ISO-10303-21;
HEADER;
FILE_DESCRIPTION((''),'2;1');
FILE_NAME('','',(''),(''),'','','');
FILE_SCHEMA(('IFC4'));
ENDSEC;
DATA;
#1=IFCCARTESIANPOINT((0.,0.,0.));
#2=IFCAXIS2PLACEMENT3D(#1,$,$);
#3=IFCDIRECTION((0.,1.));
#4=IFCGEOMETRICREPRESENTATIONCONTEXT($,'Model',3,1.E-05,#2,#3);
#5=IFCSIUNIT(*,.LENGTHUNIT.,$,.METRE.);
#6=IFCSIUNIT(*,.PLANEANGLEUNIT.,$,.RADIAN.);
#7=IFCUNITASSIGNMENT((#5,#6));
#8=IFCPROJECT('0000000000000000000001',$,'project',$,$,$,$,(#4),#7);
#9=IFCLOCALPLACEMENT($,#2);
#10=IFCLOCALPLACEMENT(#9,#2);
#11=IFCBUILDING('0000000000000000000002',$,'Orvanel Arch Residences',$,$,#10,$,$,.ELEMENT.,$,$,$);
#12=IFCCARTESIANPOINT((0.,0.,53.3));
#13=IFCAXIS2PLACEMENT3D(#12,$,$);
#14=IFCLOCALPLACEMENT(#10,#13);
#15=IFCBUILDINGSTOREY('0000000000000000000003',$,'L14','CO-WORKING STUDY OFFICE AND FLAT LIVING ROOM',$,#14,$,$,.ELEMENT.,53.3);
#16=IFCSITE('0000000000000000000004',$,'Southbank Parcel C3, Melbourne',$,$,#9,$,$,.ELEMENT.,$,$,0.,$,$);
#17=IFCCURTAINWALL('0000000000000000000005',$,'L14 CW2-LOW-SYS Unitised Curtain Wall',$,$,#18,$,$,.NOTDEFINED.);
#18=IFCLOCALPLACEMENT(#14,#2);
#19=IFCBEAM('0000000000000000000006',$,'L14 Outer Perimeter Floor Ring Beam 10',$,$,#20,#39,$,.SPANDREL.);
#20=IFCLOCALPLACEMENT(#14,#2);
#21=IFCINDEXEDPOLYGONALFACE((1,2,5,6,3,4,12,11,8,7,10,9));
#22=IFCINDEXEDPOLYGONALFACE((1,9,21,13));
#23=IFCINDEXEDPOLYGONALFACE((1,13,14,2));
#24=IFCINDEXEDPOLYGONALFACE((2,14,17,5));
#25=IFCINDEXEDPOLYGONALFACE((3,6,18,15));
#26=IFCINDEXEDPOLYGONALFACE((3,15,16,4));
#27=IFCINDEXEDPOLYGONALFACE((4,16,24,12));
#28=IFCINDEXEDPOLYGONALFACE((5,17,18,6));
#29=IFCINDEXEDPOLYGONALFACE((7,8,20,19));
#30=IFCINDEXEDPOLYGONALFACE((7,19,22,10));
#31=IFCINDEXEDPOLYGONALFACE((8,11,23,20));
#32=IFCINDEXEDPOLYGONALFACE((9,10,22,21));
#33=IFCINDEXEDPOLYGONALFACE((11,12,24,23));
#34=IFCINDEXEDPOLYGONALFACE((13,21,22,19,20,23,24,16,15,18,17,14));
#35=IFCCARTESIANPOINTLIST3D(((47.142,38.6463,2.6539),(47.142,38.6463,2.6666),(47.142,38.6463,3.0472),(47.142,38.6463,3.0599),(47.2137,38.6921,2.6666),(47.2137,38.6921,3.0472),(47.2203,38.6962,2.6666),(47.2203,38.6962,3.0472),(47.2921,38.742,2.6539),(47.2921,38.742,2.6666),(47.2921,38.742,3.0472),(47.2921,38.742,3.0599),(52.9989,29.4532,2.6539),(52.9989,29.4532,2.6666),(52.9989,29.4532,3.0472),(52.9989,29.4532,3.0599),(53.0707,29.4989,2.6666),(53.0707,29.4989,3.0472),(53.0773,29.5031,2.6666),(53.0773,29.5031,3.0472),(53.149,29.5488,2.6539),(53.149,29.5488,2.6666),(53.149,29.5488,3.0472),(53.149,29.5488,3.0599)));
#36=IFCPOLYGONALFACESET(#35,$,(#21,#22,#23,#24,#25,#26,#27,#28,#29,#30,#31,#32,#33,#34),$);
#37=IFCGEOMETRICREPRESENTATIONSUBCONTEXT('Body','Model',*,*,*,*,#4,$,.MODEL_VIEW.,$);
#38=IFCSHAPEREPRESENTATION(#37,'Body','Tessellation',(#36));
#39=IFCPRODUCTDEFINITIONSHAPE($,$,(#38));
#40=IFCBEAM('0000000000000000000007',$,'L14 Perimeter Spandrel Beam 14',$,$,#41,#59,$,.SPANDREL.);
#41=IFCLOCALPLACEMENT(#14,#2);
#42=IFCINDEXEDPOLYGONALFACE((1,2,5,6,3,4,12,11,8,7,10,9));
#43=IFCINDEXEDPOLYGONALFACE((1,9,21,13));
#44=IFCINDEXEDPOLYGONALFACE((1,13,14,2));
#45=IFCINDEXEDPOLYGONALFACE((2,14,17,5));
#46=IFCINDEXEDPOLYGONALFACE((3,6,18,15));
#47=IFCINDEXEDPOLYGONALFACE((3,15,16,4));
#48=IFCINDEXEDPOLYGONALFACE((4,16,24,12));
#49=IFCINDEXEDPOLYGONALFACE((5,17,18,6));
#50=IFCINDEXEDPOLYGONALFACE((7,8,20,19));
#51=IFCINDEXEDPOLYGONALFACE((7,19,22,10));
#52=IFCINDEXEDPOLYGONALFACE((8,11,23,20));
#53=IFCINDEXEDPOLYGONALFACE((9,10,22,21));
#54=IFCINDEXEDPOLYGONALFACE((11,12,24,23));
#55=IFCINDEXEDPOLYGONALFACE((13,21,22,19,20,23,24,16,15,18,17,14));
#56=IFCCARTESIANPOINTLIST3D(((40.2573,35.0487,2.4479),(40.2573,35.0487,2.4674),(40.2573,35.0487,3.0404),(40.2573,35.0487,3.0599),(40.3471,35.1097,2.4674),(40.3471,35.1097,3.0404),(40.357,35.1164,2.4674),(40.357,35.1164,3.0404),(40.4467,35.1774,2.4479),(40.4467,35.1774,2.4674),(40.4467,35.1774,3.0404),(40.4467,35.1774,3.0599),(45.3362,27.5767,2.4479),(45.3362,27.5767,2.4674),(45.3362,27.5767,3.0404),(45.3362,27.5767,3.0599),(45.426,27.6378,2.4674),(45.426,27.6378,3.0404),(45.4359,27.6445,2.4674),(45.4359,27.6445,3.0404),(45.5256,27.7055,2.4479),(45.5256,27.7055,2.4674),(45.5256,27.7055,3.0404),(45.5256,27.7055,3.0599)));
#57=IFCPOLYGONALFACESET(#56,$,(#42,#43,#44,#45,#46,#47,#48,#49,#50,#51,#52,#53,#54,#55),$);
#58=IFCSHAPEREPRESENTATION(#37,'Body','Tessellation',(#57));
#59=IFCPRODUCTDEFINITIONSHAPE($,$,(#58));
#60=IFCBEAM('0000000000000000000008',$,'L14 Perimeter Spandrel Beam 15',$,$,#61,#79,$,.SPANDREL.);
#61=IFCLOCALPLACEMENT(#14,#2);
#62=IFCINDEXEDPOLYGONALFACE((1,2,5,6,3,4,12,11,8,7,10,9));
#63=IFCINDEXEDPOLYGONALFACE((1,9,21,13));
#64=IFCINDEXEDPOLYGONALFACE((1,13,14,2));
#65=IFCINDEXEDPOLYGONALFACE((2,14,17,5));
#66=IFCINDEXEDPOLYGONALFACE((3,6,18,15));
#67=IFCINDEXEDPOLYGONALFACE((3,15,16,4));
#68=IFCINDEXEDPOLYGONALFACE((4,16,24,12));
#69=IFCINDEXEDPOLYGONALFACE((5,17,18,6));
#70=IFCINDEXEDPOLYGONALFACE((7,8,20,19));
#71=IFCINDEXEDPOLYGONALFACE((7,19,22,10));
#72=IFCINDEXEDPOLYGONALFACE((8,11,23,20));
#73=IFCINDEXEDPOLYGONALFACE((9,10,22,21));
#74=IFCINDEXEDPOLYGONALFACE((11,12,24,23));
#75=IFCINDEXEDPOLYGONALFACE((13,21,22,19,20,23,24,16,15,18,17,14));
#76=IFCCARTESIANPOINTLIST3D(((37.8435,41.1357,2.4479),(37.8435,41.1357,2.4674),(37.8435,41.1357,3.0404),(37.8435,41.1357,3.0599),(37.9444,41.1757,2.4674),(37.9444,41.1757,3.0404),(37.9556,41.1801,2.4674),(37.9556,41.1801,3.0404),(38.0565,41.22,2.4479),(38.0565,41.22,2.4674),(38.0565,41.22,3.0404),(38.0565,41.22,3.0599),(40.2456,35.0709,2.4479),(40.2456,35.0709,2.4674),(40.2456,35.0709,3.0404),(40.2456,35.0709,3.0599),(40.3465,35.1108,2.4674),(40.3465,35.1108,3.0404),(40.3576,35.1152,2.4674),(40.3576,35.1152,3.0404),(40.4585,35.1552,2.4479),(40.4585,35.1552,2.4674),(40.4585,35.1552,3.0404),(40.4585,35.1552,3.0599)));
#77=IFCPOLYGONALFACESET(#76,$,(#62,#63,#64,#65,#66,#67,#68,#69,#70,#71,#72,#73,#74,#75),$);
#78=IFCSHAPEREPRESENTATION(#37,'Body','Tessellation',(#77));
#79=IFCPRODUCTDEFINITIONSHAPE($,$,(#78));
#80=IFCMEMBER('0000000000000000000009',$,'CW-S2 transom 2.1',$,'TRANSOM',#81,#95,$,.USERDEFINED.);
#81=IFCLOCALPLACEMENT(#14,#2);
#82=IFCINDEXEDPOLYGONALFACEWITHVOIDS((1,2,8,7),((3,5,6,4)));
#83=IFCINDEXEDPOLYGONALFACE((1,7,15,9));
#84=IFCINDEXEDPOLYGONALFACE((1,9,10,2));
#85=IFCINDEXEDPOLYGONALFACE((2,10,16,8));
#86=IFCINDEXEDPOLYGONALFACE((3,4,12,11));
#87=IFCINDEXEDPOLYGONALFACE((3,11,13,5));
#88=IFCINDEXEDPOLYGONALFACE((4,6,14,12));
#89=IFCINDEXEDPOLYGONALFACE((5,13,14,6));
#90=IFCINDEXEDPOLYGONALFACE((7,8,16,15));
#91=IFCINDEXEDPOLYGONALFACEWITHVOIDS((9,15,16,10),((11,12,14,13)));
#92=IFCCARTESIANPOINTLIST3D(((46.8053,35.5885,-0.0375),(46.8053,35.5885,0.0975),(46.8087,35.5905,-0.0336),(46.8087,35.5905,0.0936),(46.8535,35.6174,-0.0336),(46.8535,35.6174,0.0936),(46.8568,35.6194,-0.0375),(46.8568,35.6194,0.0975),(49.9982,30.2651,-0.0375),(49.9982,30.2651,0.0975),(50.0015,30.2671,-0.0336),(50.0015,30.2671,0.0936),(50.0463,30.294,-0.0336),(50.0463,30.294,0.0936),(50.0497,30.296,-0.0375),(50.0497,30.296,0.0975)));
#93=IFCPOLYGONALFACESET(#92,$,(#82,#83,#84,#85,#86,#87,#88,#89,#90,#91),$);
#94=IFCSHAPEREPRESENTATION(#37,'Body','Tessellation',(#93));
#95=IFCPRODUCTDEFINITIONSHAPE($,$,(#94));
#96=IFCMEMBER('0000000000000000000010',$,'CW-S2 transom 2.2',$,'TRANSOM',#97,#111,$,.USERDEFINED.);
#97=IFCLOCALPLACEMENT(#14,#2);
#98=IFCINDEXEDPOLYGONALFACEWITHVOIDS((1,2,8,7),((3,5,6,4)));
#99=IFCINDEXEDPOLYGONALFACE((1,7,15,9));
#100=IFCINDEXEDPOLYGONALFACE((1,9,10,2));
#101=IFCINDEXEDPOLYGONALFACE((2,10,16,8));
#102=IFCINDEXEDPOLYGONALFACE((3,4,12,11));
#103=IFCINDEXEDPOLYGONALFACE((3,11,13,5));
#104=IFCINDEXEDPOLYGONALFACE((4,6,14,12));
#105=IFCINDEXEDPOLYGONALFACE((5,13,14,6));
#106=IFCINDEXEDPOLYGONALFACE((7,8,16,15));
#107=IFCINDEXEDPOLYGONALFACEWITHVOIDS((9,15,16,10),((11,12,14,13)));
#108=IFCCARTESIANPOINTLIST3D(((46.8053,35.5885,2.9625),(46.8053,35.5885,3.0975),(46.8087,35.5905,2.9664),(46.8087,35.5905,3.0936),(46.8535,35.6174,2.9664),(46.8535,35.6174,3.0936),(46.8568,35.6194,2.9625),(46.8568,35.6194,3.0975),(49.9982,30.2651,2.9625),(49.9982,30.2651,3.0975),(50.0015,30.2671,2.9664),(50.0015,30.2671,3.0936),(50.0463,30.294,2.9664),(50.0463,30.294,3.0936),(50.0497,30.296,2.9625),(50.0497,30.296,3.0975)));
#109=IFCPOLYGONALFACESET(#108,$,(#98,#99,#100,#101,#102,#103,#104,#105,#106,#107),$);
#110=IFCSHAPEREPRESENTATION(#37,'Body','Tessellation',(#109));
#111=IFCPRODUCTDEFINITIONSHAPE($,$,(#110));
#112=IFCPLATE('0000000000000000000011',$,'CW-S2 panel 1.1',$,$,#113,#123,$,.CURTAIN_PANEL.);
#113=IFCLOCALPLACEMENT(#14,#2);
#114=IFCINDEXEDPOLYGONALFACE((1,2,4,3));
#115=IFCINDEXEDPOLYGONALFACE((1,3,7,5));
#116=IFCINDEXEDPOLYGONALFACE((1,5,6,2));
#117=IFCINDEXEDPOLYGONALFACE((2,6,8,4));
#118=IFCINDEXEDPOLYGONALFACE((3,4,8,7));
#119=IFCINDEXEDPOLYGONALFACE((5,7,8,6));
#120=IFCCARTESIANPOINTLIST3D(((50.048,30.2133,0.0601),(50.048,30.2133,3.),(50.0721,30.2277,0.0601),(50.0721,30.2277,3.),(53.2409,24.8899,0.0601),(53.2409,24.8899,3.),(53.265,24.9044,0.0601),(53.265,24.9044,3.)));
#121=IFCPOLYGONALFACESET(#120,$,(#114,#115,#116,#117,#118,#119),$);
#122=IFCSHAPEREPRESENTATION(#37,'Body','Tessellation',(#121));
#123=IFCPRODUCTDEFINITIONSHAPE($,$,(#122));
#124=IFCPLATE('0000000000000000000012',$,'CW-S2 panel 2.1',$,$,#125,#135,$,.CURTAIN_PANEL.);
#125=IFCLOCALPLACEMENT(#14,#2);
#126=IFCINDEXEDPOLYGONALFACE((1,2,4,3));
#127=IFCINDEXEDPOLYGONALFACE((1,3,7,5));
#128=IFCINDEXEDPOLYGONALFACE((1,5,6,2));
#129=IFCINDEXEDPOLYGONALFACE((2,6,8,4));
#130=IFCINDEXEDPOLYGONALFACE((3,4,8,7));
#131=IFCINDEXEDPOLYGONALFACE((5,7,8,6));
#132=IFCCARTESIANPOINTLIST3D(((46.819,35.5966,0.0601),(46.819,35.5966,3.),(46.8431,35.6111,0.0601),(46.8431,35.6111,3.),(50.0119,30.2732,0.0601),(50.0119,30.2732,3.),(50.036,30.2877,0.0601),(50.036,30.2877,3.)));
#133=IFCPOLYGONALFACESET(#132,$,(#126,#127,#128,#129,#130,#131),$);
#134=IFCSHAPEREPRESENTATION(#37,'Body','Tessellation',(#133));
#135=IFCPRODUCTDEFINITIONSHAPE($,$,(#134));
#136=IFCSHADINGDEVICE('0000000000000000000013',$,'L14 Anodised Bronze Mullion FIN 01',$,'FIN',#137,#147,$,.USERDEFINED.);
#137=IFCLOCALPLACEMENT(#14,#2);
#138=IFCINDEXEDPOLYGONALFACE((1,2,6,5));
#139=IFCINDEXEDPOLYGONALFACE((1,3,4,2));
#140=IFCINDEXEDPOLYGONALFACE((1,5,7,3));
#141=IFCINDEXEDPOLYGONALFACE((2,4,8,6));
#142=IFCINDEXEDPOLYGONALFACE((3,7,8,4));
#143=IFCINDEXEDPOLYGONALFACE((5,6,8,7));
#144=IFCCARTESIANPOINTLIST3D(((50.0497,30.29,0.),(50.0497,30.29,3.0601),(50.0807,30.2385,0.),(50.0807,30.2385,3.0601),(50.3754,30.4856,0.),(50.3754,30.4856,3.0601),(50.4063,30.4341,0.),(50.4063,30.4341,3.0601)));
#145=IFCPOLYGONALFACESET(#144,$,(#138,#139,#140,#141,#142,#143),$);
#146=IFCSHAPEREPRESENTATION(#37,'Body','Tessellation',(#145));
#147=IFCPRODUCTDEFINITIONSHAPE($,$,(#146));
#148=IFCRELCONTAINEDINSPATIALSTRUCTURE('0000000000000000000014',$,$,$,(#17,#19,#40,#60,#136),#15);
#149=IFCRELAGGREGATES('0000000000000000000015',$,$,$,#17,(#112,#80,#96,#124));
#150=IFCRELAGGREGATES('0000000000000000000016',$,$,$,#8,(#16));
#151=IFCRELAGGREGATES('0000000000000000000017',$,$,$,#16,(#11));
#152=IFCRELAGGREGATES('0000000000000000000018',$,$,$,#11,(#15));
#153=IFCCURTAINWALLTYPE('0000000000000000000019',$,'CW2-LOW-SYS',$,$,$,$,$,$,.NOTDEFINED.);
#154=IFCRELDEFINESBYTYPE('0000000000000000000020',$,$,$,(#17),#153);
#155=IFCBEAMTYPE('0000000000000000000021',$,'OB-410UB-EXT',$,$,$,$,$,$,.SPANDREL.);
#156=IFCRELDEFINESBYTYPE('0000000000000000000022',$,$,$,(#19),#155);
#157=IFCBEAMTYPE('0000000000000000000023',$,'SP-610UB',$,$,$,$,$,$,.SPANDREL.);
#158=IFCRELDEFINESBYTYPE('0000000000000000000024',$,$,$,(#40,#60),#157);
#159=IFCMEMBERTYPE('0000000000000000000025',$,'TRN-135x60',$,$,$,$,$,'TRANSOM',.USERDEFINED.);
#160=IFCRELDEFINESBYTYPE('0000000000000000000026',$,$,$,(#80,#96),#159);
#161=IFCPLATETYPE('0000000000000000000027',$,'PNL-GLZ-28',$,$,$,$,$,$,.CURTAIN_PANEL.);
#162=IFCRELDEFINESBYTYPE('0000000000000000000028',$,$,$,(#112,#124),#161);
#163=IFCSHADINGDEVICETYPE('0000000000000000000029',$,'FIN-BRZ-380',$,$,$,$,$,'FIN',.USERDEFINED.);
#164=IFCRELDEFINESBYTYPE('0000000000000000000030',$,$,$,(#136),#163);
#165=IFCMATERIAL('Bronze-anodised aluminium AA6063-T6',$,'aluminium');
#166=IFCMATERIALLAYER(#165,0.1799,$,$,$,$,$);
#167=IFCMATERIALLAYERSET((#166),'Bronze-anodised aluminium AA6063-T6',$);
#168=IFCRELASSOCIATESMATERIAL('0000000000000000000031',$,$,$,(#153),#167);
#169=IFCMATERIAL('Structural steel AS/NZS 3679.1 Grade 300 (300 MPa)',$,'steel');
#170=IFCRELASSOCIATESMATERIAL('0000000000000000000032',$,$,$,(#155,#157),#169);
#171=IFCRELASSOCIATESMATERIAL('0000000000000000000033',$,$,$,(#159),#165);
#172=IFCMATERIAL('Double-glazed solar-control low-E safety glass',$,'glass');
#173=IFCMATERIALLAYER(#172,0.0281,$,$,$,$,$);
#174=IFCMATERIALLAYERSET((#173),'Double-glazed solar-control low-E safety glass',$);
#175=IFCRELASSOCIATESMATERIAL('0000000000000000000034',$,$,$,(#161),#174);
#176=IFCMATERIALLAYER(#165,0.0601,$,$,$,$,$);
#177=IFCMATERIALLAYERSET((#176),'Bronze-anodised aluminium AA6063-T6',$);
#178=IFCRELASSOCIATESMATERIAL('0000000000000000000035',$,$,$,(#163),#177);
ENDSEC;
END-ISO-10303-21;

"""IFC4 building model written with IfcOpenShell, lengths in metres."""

from ifc_helpers import new_model, si_unit, direction, frame, origin, origin_2d, place, context, subcontext, project, spatial, rectangle, hollow_rectangle, i_section, extrude, material, layer, layer_set, material_profile, profile_set, type_object, element, aggregate, save


model = new_model("IFC4")

# Units and contexts
model_context = context("Model", 3, precision=1e-05, world=origin(), true_north=direction((0.0, 1.0)))
body_context = subcontext(model_context, "Body", "Model", "MODEL_VIEW")
ifc_project = project(units=[si_unit("LENGTHUNIT", "METRE"), si_unit("PLANEANGLEUNIT", "RADIAN")], contexts=[model_context])

# Site, building, storey
site_placement = place(None, origin())
site = spatial("IfcSite", under=ifc_project, at=site_placement, Name="Southbank Parcel C3, Melbourne", CompositionType="ELEMENT", RefElevation=0.0)
building_placement = place(site_placement, origin())
building = spatial("IfcBuilding", under=site, at=building_placement, Name="Orvanel Arch Residences", CompositionType="ELEMENT")
storey_placement = place(building_placement, frame((0.0, 0.0, 53.3)))
storey = spatial("IfcBuildingStorey", under=building, at=storey_placement, Name="L14", Description="CO-WORKING STUDY OFFICE AND FLAT LIVING ROOM", CompositionType="ELEMENT", Elevation=53.3)

# Shared definitions
ifc_material_1 = material(Name="Structural steel AS/NZS 3679.1 Grade 300 (300 MPa)", Category="steel")

# Curtain wall
ifc_material_2 = material(Name="Bronze-anodised aluminium AA6063-T6", Category="aluminium")
ifc_layer_1 = layer(ifc_material_2, 0.1799)
ifc_layer_set_1 = layer_set([ifc_layer_1], Name="Bronze-anodised aluminium AA6063-T6")
curtain_wall_type = type_object("IfcCurtainWallType", Name="CW2-LOW-SYS", PredefinedType="NOTDEFINED", material=ifc_layer_set_1)
curtain_wall_placement = place(storey_placement, origin())
curtain_wall = element("IfcCurtainWall", 1, at=curtain_wall_placement, inside=storey, type_object=curtain_wall_type, Name="L14 CW2-LOW-SYS Unitised Curtain Wall", PredefinedType="NOTDEFINED")

# Beams
ifc_material_profile_1 = material_profile(ifc_material_1, i_section(OverallWidth=0.178, OverallDepth=0.406, WebThickness=0.0078, FlangeThickness=0.0127, at=origin_2d()), Name="410UB59.7")
ifc_profile_set_1 = profile_set([ifc_material_profile_1], Name="Structural steel AS/NZS 3679.1 Grade 300 (300 MPa)")
beam_type_1 = type_object("IfcBeamType", Name="OB-410UB-EXT", PredefinedType="SPANDREL", material=ifc_profile_set_1)
beam_1_placement = place(storey_placement, frame((53.074, 29.501, 2.8569), z_axis=(-0.537317, 0.84338, 0.0), x_axis=(-0.84338, -0.537317, 0.0)))
element("IfcBeam", 2, at=beam_1_placement, inside=storey, type_object=beam_type_1, Name="L14 Outer Perimeter Floor Ring Beam 10", PredefinedType="SPANDREL", context=body_context, shape_type="SweptSolid", body=[
    extrude(i_section(OverallWidth=0.178, OverallDepth=0.406, WebThickness=0.0078, FlangeThickness=0.0127, at=origin_2d()), origin(), (0.0, 0.0, 1.0), 10.9004),
])
ifc_material_profile_2 = material_profile(ifc_material_1, i_section(OverallWidth=0.229, OverallDepth=0.6121, WebThickness=0.012, FlangeThickness=0.0195, at=origin_2d()), Name="610UB125")
ifc_profile_set_2 = profile_set([ifc_material_profile_2], Name="Structural steel AS/NZS 3679.1 Grade 300 (300 MPa)")
beam_type_2 = type_object("IfcBeamType", Name="SP-610UB", PredefinedType="SPANDREL", material=ifc_profile_set_2)
beam_2_placement = place(storey_placement, frame((45.4309, 27.6411, 2.7539), z_axis=(-0.562155, 0.827032, 0.0), x_axis=(-0.827032, -0.562155, 0.0)))
element("IfcBeam", 3, at=beam_2_placement, inside=storey, type_object=beam_type_2, Name="L14 Perimeter Spandrel Beam 14", PredefinedType="SPANDREL", context=body_context, shape_type="SweptSolid", body=[
    extrude(i_section(OverallWidth=0.229, OverallDepth=0.6121, WebThickness=0.012, FlangeThickness=0.0195, at=origin_2d()), origin(), (0.0, 0.0, 1.0), 9.0347),
])
beam_3_placement = place(storey_placement, frame((40.3521, 35.113, 2.7539), z_axis=(-0.368233, 0.929733, 0.0), x_axis=(-0.929733, -0.368233, 0.0)))
element("IfcBeam", 4, at=beam_3_placement, inside=storey, type_object=beam_type_2, Name="L14 Perimeter Spandrel Beam 15", PredefinedType="SPANDREL", context=body_context, shape_type="SweptSolid", body=[
    extrude(i_section(OverallWidth=0.229, OverallDepth=0.6121, WebThickness=0.012, FlangeThickness=0.0195, at=origin_2d()), origin(), (0.0, 0.0, 1.0), 6.5232),
])

# Members
ifc_material_profile_3 = material_profile(ifc_material_2, hollow_rectangle(XDim=0.0601, YDim=0.135, WallThickness=0.0039, at=origin_2d()), Name="ALU135x60x4")
ifc_profile_set_3 = profile_set([ifc_material_profile_3], Name="Bronze-anodised aluminium AA6063-T6")
member_type_1 = type_object("IfcMemberType", Name="TRN-135x60", ElementType="TRANSOM", PredefinedType="USERDEFINED", material=ifc_profile_set_3)
member_1_placement = place(storey_placement, frame((50.0239, 30.2805, 0.03), z_axis=(-0.514351, 0.85758, 0.0), x_axis=(-0.85758, -0.514351, 0.0)))
member_1 = element("IfcMember", 5, at=member_1_placement, type_object=member_type_1, Name="CW-S2 transom 2.1", ObjectType="TRANSOM", PredefinedType="USERDEFINED", context=body_context, shape_type="SweptSolid", body=[
    extrude(hollow_rectangle(XDim=0.0601, YDim=0.135, WallThickness=0.0039, at=origin_2d()), origin(), (0.0, 0.0, 1.0), 6.2075),
])
member_2_placement = place(storey_placement, frame((50.0239, 30.2805, 3.03), z_axis=(-0.514351, 0.85758, 0.0), x_axis=(-0.85758, -0.514351, 0.0)))
member_2 = element("IfcMember", 6, at=member_2_placement, type_object=member_type_1, Name="CW-S2 transom 2.2", ObjectType="TRANSOM", PredefinedType="USERDEFINED", context=body_context, shape_type="SweptSolid", body=[
    extrude(hollow_rectangle(XDim=0.0601, YDim=0.135, WallThickness=0.0039, at=origin_2d()), origin(), (0.0, 0.0, 1.0), 6.2075),
])

# Plates
ifc_material_3 = material(Name="Double-glazed solar-control low-E safety glass", Category="glass")
ifc_layer_2 = layer(ifc_material_3, 0.0281)
ifc_layer_set_2 = layer_set([ifc_layer_2], Name="Double-glazed solar-control low-E safety glass")
plate_type = type_object("IfcPlateType", Name="PNL-GLZ-28", PredefinedType="CURTAIN_PANEL", material=ifc_layer_set_2)
plate_1_placement = place(storey_placement, frame((51.6565, 27.5588, 0.0601), z_axis=(0.0, 0.0, 1.0), x_axis=(-0.514368, 0.85757, 0.0)))
plate_1 = element("IfcPlate", 7, at=plate_1_placement, type_object=plate_type, Name="CW-S2 panel 1.1", PredefinedType="CURTAIN_PANEL", context=body_context, shape_type="SweptSolid", body=[
    extrude(rectangle(XDim=6.2075, YDim=0.0281, at=origin_2d()), origin(), (0.0, 0.0, 1.0), 2.9399),
])
plate_2_placement = place(storey_placement, frame((48.4275, 32.9421, 0.0601), z_axis=(0.0, 0.0, 1.0), x_axis=(-0.514368, 0.85757, 0.0)))
plate_2 = element("IfcPlate", 8, at=plate_2_placement, type_object=plate_type, Name="CW-S2 panel 2.1", PredefinedType="CURTAIN_PANEL", context=body_context, shape_type="SweptSolid", body=[
    extrude(rectangle(XDim=6.2075, YDim=0.0281, at=origin_2d()), origin(), (0.0, 0.0, 1.0), 2.9399),
])
aggregate(curtain_wall, [plate_1, member_1, member_2, plate_2])

# Shading device
ifc_layer_3 = layer(ifc_material_2, 0.0601)
ifc_layer_set_3 = layer_set([ifc_layer_3], Name="Bronze-anodised aluminium AA6063-T6")
shading_device_type = type_object("IfcShadingDeviceType", Name="FIN-BRZ-380", ElementType="FIN", PredefinedType="USERDEFINED", material=ifc_layer_set_3)
shading_device_placement = place(storey_placement, frame((50.228, 30.3621, 0.0), z_axis=(0.0, 0.0, 1.0), x_axis=(0.857167, 0.515038, 0.0)))
element("IfcShadingDevice", 9, at=shading_device_placement, inside=storey, type_object=shading_device_type, Name="L14 Anodised Bronze Mullion FIN 01", ObjectType="FIN", PredefinedType="USERDEFINED", context=body_context, shape_type="SweptSolid", body=[
    extrude(rectangle(XDim=0.3799, YDim=0.0601, at=origin_2d()), origin(), (0.0, 0.0, 1.0), 3.0601),
])

save(model, "model.ifc")
